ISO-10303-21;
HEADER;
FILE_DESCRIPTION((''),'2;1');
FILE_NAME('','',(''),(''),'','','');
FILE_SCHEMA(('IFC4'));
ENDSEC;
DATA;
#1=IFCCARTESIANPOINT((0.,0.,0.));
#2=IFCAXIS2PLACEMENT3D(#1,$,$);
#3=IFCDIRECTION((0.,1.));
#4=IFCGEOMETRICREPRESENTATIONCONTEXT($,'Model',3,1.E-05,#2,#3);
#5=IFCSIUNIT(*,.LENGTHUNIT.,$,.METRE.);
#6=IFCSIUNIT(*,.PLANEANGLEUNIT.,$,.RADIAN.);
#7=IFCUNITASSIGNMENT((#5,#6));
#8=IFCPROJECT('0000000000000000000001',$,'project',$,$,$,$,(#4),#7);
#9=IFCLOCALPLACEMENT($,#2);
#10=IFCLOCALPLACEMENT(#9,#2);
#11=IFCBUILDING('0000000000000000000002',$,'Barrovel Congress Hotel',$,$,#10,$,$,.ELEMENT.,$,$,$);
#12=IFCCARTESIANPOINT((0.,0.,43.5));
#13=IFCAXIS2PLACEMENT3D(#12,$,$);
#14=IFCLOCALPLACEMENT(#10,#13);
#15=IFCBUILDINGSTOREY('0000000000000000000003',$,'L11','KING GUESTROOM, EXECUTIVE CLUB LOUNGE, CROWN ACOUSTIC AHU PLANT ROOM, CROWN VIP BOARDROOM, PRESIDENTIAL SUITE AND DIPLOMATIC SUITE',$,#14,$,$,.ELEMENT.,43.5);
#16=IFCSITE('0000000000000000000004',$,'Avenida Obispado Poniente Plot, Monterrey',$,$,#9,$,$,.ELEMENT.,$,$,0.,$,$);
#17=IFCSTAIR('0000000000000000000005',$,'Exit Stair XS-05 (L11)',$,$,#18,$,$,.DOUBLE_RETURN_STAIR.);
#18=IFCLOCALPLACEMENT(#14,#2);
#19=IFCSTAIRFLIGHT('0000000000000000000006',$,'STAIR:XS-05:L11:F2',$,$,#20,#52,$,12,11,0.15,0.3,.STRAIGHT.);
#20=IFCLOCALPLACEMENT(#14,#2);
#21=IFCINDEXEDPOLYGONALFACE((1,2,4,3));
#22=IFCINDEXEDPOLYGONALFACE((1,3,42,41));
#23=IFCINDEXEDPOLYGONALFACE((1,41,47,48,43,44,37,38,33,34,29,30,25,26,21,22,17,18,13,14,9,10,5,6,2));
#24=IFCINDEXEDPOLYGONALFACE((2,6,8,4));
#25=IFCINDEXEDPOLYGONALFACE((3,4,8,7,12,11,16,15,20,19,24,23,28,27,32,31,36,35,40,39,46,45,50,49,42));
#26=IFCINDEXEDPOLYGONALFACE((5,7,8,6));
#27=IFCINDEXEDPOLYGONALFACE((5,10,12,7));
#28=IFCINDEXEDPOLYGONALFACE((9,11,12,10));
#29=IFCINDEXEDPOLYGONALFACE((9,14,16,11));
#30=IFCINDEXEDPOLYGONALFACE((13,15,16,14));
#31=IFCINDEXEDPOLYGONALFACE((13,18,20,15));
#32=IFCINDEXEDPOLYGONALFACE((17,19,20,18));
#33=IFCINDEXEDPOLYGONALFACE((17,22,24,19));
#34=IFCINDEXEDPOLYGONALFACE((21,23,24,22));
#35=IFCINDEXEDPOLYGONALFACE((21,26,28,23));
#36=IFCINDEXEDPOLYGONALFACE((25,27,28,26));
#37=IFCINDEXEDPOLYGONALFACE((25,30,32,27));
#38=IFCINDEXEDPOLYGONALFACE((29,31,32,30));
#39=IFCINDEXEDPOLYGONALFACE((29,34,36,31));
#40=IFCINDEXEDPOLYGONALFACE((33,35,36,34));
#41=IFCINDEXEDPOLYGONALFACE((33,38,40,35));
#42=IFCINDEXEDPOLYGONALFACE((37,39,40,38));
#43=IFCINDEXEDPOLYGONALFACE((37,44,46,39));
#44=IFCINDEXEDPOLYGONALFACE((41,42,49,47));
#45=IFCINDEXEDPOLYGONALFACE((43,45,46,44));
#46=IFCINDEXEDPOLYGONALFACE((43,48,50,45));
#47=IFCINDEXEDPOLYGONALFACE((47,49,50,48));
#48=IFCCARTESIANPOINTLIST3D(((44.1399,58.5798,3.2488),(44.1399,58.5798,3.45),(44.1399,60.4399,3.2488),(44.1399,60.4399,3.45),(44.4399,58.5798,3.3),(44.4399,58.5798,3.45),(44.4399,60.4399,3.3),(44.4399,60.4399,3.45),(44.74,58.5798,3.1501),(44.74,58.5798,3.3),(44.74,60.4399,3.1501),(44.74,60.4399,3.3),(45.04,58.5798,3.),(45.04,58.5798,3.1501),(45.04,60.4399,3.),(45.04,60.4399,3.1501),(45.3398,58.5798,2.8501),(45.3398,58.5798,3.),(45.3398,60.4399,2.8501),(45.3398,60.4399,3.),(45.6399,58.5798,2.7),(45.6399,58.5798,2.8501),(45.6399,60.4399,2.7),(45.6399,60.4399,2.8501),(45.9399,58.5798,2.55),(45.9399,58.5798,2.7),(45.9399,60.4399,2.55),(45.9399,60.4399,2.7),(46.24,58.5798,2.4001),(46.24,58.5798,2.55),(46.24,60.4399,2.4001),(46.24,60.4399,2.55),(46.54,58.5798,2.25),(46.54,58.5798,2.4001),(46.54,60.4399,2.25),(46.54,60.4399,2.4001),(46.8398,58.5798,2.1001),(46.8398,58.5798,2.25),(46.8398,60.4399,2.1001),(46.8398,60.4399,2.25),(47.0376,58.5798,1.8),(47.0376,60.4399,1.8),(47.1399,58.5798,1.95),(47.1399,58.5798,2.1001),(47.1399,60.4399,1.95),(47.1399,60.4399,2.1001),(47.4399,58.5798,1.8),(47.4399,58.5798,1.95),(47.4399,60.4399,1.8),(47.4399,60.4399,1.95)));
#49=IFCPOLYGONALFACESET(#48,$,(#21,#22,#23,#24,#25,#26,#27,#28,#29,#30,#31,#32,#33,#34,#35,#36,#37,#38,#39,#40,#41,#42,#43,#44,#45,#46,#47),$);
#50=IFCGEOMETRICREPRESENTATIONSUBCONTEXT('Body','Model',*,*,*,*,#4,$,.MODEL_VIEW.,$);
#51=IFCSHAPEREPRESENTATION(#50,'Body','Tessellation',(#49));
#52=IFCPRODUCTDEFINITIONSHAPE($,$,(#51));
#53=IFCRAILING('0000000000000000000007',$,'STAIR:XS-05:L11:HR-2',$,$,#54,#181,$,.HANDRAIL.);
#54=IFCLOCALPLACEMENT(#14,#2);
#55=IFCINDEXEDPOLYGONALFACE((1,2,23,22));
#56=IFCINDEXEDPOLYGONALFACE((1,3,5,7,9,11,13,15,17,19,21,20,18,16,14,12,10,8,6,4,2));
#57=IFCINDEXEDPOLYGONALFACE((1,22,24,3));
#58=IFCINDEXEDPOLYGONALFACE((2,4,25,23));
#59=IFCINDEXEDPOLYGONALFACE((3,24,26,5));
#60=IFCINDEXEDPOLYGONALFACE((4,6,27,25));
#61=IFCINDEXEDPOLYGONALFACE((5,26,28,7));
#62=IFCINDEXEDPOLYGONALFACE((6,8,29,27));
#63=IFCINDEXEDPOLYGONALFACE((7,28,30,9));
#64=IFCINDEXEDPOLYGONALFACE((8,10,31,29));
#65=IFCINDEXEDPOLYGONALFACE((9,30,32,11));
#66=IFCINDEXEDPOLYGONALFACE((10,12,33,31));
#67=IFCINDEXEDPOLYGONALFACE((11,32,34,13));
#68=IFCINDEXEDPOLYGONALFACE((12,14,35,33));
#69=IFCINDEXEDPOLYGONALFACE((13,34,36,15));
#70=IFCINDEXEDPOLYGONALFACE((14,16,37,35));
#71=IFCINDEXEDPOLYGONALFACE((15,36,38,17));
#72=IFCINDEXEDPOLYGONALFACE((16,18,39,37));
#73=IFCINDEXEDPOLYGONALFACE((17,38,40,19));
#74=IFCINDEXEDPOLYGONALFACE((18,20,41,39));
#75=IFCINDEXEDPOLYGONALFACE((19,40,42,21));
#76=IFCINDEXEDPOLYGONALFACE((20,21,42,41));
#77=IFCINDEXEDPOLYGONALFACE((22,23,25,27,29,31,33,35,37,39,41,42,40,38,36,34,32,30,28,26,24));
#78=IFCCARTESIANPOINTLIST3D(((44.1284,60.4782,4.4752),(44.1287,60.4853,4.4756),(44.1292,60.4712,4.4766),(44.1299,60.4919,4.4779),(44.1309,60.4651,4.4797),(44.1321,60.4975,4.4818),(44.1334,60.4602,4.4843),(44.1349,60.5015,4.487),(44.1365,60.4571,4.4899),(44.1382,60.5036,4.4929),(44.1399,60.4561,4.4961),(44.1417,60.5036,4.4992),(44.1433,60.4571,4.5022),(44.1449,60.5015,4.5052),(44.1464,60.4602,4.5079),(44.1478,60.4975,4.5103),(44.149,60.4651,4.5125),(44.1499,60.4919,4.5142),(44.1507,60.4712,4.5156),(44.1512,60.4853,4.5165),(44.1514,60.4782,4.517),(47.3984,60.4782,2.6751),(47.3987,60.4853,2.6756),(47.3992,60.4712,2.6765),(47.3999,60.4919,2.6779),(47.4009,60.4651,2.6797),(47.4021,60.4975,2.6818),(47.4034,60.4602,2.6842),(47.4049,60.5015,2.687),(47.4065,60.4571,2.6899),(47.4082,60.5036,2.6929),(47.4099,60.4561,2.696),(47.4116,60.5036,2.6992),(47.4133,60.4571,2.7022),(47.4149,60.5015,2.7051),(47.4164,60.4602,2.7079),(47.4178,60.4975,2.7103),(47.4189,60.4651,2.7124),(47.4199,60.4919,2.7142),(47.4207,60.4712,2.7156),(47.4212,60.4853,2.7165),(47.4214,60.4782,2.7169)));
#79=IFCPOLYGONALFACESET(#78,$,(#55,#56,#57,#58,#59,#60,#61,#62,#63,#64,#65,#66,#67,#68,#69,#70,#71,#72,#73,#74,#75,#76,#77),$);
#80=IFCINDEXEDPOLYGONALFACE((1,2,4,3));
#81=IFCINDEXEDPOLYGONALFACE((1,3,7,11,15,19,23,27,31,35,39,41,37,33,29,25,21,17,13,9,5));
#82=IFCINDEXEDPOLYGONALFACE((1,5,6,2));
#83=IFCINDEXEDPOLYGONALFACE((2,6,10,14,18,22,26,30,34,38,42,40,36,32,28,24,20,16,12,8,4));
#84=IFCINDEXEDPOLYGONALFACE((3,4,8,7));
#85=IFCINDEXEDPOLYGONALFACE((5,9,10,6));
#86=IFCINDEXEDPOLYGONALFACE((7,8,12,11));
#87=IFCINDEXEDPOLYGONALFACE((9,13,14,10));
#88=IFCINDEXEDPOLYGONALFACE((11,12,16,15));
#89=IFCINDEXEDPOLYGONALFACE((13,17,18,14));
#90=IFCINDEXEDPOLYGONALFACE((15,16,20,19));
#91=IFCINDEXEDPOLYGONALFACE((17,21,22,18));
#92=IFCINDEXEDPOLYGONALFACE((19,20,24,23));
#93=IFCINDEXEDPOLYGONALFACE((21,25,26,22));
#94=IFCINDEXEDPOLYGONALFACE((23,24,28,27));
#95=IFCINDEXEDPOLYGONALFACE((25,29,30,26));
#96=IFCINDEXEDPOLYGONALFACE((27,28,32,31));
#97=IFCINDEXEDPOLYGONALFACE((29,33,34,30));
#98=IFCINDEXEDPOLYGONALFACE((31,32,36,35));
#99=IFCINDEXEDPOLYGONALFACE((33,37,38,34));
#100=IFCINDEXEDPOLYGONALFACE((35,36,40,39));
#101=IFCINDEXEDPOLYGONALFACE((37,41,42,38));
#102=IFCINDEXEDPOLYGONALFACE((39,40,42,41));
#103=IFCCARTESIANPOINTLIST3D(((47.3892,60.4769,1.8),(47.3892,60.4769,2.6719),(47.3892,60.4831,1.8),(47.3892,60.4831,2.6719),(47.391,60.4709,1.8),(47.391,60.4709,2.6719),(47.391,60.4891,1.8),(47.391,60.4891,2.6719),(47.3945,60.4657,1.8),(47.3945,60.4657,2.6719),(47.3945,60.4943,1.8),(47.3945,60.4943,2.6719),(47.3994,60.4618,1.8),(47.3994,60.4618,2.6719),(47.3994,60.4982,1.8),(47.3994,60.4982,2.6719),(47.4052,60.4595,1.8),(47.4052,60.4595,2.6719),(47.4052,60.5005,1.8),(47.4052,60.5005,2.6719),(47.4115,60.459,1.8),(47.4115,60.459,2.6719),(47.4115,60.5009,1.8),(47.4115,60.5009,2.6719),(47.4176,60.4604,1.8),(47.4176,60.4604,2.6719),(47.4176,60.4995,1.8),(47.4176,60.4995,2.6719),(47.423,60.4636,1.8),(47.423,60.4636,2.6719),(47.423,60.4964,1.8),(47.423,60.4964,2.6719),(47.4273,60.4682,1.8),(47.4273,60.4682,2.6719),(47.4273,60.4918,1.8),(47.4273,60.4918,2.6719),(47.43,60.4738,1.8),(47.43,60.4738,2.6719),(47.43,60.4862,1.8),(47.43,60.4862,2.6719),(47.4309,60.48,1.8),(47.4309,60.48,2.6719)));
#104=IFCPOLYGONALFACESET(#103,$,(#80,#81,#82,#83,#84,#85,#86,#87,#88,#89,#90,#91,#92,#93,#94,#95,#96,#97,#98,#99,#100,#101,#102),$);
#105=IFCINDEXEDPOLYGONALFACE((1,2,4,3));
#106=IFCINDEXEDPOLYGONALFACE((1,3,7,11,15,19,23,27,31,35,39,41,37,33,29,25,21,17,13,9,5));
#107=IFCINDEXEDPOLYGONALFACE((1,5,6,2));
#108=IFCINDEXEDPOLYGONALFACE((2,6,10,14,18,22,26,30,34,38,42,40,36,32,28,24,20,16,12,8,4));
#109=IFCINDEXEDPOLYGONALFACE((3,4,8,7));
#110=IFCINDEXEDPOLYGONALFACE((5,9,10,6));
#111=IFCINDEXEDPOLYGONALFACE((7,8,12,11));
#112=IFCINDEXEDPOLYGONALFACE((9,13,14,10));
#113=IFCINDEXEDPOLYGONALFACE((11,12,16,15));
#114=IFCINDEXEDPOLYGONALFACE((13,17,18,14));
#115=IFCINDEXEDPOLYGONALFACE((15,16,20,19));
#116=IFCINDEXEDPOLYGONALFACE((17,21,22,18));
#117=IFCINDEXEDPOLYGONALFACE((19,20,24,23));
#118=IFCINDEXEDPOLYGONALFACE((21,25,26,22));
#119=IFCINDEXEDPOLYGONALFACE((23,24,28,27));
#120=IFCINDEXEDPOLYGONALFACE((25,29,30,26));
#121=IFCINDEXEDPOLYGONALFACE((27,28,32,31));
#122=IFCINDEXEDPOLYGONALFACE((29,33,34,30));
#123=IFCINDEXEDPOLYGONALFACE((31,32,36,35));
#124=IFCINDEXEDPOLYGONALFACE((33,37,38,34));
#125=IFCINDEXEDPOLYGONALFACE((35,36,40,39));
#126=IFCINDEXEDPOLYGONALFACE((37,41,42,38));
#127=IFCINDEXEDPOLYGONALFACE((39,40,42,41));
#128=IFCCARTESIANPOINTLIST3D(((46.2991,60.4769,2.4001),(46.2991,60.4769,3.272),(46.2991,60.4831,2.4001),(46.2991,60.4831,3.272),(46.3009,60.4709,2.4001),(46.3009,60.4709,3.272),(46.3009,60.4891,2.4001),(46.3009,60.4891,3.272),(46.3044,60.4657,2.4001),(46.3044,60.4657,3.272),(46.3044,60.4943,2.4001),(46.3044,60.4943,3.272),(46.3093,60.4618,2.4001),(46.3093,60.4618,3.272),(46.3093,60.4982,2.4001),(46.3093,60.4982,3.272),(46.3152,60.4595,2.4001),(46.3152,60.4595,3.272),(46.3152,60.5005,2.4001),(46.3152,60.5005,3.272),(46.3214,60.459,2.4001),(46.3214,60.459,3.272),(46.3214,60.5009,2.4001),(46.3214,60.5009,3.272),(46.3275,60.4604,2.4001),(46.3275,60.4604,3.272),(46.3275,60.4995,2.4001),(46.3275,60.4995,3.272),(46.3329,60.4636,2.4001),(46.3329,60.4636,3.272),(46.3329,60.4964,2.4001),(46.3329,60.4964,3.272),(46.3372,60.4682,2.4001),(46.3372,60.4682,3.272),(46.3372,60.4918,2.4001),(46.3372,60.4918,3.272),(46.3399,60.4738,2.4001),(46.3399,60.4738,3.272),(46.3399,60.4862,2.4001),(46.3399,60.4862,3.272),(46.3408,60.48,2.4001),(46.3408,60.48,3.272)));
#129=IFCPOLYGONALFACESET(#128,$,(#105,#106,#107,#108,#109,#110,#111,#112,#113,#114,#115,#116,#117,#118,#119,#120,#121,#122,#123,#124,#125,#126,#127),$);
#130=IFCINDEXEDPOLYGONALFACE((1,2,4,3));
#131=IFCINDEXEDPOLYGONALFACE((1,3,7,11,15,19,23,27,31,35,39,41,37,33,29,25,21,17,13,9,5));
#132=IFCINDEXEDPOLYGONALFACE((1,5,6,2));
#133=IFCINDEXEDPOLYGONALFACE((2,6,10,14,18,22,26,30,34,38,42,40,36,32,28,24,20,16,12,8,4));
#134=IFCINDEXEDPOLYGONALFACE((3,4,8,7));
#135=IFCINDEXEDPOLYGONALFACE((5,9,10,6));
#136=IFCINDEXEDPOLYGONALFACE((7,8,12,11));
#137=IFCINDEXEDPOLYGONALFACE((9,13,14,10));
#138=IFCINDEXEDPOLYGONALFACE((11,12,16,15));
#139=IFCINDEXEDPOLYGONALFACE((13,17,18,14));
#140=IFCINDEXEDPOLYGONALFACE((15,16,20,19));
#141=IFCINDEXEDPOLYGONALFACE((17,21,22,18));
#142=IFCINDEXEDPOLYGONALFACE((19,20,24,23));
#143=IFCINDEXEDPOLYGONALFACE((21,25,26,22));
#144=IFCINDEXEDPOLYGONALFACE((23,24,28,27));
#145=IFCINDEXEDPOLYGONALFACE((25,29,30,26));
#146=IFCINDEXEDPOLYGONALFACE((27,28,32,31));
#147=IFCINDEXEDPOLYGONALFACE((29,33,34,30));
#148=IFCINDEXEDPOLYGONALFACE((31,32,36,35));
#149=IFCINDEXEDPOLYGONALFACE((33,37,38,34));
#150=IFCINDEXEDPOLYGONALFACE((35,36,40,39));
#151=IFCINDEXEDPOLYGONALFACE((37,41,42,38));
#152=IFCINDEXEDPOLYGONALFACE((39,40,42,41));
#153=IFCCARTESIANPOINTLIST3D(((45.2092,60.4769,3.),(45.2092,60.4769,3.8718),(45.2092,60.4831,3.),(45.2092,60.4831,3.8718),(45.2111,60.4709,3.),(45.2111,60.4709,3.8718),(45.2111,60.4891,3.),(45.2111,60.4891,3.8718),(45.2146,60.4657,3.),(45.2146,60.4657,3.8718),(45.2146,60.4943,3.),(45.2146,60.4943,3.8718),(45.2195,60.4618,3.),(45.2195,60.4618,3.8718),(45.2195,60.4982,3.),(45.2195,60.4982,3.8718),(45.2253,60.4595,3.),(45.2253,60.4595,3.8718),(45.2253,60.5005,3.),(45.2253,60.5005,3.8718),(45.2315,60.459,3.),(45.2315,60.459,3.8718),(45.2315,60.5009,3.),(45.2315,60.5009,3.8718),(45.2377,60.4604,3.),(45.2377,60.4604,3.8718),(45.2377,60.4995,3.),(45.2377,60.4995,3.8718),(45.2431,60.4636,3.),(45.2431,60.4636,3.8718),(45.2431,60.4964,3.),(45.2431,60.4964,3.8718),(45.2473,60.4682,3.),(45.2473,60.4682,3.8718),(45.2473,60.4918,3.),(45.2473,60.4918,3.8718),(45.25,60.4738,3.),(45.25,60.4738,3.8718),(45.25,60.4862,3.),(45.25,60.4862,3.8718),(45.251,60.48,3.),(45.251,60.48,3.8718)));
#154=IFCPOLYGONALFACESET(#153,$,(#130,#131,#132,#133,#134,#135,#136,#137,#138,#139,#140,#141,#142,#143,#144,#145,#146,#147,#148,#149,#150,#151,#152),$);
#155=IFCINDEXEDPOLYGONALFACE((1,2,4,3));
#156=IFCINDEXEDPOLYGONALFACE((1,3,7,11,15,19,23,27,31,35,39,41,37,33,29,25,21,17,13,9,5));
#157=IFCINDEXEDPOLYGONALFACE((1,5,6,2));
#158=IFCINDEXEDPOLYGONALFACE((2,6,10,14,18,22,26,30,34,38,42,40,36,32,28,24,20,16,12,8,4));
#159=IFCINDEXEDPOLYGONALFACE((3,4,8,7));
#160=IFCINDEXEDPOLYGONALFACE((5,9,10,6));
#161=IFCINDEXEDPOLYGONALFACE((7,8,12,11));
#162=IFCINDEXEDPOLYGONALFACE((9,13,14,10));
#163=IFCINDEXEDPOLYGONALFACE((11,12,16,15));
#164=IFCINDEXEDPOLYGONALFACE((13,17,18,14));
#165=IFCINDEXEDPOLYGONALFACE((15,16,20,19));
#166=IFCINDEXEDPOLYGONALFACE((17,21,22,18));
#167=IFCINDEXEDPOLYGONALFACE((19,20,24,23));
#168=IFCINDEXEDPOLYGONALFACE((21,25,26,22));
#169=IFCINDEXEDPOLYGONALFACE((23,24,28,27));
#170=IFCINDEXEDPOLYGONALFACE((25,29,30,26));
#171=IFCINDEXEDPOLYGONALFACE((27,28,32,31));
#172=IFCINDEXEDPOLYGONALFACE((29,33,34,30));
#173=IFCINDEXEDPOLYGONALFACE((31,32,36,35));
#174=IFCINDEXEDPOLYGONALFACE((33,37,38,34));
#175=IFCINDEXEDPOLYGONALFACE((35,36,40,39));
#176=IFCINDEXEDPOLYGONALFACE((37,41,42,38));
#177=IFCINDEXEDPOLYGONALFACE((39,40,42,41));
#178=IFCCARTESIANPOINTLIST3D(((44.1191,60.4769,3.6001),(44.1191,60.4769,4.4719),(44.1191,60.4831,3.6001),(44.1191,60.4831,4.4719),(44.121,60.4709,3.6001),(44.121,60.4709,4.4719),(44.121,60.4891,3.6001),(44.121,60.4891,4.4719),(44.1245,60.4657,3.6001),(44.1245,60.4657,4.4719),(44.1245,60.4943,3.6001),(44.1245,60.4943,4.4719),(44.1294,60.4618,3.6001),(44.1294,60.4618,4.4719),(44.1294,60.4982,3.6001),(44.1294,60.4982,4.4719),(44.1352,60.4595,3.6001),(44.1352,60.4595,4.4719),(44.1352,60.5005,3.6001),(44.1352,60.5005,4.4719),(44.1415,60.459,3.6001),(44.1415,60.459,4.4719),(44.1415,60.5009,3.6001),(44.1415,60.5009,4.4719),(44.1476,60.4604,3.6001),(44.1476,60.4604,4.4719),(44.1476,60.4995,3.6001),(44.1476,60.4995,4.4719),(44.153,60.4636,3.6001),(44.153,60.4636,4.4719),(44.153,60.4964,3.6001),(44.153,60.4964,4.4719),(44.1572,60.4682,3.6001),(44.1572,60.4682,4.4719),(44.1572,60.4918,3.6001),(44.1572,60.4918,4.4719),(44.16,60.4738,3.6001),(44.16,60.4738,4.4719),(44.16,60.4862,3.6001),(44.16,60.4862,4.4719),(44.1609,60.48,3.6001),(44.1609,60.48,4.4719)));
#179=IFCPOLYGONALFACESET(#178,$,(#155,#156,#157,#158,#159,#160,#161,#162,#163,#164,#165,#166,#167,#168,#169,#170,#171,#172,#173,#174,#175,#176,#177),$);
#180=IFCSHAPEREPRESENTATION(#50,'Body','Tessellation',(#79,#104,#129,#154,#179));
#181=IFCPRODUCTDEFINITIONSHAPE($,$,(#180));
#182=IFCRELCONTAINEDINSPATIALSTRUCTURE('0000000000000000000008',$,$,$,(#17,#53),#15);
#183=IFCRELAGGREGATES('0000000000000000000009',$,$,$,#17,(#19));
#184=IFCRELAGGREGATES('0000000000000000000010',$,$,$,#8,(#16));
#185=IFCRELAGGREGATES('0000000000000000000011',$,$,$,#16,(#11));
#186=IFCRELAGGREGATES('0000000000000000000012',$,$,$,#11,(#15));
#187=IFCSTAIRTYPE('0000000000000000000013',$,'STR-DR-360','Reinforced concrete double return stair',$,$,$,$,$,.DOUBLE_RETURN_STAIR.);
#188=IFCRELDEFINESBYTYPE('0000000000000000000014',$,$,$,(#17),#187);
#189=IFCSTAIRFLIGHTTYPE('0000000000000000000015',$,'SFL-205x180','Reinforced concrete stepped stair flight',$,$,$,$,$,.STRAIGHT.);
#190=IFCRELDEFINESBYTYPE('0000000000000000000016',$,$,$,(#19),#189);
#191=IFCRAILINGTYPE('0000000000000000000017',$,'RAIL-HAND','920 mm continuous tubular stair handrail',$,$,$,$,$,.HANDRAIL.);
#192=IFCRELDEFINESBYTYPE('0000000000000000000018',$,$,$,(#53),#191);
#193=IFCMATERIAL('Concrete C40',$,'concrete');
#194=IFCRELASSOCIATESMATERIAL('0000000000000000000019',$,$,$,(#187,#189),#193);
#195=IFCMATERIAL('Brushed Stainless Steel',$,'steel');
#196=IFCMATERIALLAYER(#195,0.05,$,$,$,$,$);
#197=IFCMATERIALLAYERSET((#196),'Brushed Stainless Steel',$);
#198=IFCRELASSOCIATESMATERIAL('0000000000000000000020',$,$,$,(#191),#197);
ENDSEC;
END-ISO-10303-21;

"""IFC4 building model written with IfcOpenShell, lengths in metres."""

from ifc_helpers import new_model, si_unit, direction, frame, origin, origin_2d, place, context, subcontext, project, spatial, polyline, circle, outline, extrude, material, layer, layer_set, type_object, element, aggregate, save


model = new_model("IFC4")

# Units and contexts
model_context = context("Model", 3, precision=1e-05, world=origin(), true_north=direction((0.0, 1.0)))
body_context = subcontext(model_context, "Body", "Model", "MODEL_VIEW")
ifc_project = project(units=[si_unit("LENGTHUNIT", "METRE"), si_unit("PLANEANGLEUNIT", "RADIAN")], contexts=[model_context])

# Site, building, storey
site_placement = place(None, origin())
site = spatial("IfcSite", under=ifc_project, at=site_placement, Name="Avenida Obispado Poniente Plot, Monterrey", CompositionType="ELEMENT", RefElevation=0.0)
building_placement = place(site_placement, origin())
building = spatial("IfcBuilding", under=site, at=building_placement, Name="Barrovel Congress Hotel", CompositionType="ELEMENT")
storey_placement = place(building_placement, frame((0.0, 0.0, 43.5)))
storey = spatial("IfcBuildingStorey", under=building, at=storey_placement, Name="L11", Description="KING GUESTROOM, EXECUTIVE CLUB LOUNGE, CROWN ACOUSTIC AHU PLANT ROOM, CROWN VIP BOARDROOM, PRESIDENTIAL SUITE AND DIPLOMATIC SUITE", CompositionType="ELEMENT", Elevation=43.5)

# Shared definitions
ifc_material_1 = material(Name="Concrete C40", Category="concrete")

# Stair, stair flight
stair_type = type_object("IfcStairType", Name="STR-DR-360", Description="Reinforced concrete double return stair", PredefinedType="DOUBLE_RETURN_STAIR", material=ifc_material_1)
stair_placement = place(storey_placement, origin())
stair = element("IfcStair", 1, at=stair_placement, inside=storey, type_object=stair_type, Name="Exit Stair XS-05 (L11)", PredefinedType="DOUBLE_RETURN_STAIR")
stair_flight_type = type_object("IfcStairFlightType", Name="SFL-205x180", Description="Reinforced concrete stepped stair flight", PredefinedType="STRAIGHT", material=ifc_material_1)
stair_flight_placement = place(storey_placement, frame((47.4399, 59.51, 1.8), z_axis=(0.0, 0.0, 1.0), x_axis=(-1.0, 0.0, 0.0)))
stair_flight = element("IfcStairFlight", 2, at=stair_flight_placement, type_object=stair_flight_type, Name="STAIR:XS-05:L11:F2", NumberOfRisers=12, NumberOfTreads=11, PredefinedType="STRAIGHT", RiserHeight=0.15, TreadLength=0.3, context=body_context, shape_type="SweptSolid", body=[
    extrude(outline(polyline([(0.0, 0.0), (0.0, 0.1499), (0.3, 0.1499), (0.3, 0.3), (0.6001, 0.3), (0.6001, 0.45), (0.8999, 0.45), (0.8999, 0.6001), (1.2, 0.6001), (1.2, 0.75), (1.5, 0.75), (1.5, 0.8999), (1.8, 0.8999), (1.8, 1.05), (2.1001, 1.05), (2.1001, 1.2), (2.3999, 1.2), (2.3999, 1.3501), (2.7, 1.3501), (2.7, 1.5), (3.0, 1.5), (3.0, 1.6499), (3.3, 1.6499), (3.3, 1.8), (3.3, 1.4487), (0.4023, 0.0), (0.0, 0.0)])), frame((0.0, 0.9302, 0.0), z_axis=(0.0, -1.0, 0.0), x_axis=(1.0, 0.0, 0.0)), (0.0, 0.0, 1.0), 1.8601),
])
aggregate(stair, [stair_flight])

# Railing
ifc_material_2 = material(Name="Brushed Stainless Steel", Category="steel")
ifc_layer_1 = layer(ifc_material_2, 0.05)
ifc_layer_set_1 = layer_set([ifc_layer_1], Name="Brushed Stainless Steel")
railing_type = type_object("IfcRailingType", Name="RAIL-HAND", Description="920 mm continuous tubular stair handrail", PredefinedType="HANDRAIL", material=ifc_layer_set_1)
railing_placement = place(storey_placement, frame((47.4099, 60.48, 1.8)))
element("IfcRailing", 3, at=railing_placement, inside=storey, type_object=railing_type, Name="STAIR:XS-05:L11:HR-2", PredefinedType="HANDRAIL", context=body_context, shape_type="SweptSolid", body=[
    extrude(circle(Radius=0.0239, at=origin_2d()), frame((0.0, 0.0, 0.896), z_axis=(-0.876042, 0.0, 0.482235), x_axis=(0.0, -1.0, 0.0)), (0.0, 0.0, 1.0), 3.7327),
    extrude(circle(Radius=0.021, at=origin_2d()), origin(), (0.0, 0.0, 1.0), 0.8718),
    extrude(circle(Radius=0.021, at=origin_2d()), frame((-1.0901, 0.0, 0.6001)), (0.0, 0.0, 1.0), 0.8718),
    extrude(circle(Radius=0.021, at=origin_2d()), frame((-2.1799, 0.0, 1.2)), (0.0, 0.0, 1.0), 0.8718),
    extrude(circle(Radius=0.021, at=origin_2d()), frame((-3.27, 0.0, 1.8)), (0.0, 0.0, 1.0), 0.8718),
])

save(model, "model.ifc")
